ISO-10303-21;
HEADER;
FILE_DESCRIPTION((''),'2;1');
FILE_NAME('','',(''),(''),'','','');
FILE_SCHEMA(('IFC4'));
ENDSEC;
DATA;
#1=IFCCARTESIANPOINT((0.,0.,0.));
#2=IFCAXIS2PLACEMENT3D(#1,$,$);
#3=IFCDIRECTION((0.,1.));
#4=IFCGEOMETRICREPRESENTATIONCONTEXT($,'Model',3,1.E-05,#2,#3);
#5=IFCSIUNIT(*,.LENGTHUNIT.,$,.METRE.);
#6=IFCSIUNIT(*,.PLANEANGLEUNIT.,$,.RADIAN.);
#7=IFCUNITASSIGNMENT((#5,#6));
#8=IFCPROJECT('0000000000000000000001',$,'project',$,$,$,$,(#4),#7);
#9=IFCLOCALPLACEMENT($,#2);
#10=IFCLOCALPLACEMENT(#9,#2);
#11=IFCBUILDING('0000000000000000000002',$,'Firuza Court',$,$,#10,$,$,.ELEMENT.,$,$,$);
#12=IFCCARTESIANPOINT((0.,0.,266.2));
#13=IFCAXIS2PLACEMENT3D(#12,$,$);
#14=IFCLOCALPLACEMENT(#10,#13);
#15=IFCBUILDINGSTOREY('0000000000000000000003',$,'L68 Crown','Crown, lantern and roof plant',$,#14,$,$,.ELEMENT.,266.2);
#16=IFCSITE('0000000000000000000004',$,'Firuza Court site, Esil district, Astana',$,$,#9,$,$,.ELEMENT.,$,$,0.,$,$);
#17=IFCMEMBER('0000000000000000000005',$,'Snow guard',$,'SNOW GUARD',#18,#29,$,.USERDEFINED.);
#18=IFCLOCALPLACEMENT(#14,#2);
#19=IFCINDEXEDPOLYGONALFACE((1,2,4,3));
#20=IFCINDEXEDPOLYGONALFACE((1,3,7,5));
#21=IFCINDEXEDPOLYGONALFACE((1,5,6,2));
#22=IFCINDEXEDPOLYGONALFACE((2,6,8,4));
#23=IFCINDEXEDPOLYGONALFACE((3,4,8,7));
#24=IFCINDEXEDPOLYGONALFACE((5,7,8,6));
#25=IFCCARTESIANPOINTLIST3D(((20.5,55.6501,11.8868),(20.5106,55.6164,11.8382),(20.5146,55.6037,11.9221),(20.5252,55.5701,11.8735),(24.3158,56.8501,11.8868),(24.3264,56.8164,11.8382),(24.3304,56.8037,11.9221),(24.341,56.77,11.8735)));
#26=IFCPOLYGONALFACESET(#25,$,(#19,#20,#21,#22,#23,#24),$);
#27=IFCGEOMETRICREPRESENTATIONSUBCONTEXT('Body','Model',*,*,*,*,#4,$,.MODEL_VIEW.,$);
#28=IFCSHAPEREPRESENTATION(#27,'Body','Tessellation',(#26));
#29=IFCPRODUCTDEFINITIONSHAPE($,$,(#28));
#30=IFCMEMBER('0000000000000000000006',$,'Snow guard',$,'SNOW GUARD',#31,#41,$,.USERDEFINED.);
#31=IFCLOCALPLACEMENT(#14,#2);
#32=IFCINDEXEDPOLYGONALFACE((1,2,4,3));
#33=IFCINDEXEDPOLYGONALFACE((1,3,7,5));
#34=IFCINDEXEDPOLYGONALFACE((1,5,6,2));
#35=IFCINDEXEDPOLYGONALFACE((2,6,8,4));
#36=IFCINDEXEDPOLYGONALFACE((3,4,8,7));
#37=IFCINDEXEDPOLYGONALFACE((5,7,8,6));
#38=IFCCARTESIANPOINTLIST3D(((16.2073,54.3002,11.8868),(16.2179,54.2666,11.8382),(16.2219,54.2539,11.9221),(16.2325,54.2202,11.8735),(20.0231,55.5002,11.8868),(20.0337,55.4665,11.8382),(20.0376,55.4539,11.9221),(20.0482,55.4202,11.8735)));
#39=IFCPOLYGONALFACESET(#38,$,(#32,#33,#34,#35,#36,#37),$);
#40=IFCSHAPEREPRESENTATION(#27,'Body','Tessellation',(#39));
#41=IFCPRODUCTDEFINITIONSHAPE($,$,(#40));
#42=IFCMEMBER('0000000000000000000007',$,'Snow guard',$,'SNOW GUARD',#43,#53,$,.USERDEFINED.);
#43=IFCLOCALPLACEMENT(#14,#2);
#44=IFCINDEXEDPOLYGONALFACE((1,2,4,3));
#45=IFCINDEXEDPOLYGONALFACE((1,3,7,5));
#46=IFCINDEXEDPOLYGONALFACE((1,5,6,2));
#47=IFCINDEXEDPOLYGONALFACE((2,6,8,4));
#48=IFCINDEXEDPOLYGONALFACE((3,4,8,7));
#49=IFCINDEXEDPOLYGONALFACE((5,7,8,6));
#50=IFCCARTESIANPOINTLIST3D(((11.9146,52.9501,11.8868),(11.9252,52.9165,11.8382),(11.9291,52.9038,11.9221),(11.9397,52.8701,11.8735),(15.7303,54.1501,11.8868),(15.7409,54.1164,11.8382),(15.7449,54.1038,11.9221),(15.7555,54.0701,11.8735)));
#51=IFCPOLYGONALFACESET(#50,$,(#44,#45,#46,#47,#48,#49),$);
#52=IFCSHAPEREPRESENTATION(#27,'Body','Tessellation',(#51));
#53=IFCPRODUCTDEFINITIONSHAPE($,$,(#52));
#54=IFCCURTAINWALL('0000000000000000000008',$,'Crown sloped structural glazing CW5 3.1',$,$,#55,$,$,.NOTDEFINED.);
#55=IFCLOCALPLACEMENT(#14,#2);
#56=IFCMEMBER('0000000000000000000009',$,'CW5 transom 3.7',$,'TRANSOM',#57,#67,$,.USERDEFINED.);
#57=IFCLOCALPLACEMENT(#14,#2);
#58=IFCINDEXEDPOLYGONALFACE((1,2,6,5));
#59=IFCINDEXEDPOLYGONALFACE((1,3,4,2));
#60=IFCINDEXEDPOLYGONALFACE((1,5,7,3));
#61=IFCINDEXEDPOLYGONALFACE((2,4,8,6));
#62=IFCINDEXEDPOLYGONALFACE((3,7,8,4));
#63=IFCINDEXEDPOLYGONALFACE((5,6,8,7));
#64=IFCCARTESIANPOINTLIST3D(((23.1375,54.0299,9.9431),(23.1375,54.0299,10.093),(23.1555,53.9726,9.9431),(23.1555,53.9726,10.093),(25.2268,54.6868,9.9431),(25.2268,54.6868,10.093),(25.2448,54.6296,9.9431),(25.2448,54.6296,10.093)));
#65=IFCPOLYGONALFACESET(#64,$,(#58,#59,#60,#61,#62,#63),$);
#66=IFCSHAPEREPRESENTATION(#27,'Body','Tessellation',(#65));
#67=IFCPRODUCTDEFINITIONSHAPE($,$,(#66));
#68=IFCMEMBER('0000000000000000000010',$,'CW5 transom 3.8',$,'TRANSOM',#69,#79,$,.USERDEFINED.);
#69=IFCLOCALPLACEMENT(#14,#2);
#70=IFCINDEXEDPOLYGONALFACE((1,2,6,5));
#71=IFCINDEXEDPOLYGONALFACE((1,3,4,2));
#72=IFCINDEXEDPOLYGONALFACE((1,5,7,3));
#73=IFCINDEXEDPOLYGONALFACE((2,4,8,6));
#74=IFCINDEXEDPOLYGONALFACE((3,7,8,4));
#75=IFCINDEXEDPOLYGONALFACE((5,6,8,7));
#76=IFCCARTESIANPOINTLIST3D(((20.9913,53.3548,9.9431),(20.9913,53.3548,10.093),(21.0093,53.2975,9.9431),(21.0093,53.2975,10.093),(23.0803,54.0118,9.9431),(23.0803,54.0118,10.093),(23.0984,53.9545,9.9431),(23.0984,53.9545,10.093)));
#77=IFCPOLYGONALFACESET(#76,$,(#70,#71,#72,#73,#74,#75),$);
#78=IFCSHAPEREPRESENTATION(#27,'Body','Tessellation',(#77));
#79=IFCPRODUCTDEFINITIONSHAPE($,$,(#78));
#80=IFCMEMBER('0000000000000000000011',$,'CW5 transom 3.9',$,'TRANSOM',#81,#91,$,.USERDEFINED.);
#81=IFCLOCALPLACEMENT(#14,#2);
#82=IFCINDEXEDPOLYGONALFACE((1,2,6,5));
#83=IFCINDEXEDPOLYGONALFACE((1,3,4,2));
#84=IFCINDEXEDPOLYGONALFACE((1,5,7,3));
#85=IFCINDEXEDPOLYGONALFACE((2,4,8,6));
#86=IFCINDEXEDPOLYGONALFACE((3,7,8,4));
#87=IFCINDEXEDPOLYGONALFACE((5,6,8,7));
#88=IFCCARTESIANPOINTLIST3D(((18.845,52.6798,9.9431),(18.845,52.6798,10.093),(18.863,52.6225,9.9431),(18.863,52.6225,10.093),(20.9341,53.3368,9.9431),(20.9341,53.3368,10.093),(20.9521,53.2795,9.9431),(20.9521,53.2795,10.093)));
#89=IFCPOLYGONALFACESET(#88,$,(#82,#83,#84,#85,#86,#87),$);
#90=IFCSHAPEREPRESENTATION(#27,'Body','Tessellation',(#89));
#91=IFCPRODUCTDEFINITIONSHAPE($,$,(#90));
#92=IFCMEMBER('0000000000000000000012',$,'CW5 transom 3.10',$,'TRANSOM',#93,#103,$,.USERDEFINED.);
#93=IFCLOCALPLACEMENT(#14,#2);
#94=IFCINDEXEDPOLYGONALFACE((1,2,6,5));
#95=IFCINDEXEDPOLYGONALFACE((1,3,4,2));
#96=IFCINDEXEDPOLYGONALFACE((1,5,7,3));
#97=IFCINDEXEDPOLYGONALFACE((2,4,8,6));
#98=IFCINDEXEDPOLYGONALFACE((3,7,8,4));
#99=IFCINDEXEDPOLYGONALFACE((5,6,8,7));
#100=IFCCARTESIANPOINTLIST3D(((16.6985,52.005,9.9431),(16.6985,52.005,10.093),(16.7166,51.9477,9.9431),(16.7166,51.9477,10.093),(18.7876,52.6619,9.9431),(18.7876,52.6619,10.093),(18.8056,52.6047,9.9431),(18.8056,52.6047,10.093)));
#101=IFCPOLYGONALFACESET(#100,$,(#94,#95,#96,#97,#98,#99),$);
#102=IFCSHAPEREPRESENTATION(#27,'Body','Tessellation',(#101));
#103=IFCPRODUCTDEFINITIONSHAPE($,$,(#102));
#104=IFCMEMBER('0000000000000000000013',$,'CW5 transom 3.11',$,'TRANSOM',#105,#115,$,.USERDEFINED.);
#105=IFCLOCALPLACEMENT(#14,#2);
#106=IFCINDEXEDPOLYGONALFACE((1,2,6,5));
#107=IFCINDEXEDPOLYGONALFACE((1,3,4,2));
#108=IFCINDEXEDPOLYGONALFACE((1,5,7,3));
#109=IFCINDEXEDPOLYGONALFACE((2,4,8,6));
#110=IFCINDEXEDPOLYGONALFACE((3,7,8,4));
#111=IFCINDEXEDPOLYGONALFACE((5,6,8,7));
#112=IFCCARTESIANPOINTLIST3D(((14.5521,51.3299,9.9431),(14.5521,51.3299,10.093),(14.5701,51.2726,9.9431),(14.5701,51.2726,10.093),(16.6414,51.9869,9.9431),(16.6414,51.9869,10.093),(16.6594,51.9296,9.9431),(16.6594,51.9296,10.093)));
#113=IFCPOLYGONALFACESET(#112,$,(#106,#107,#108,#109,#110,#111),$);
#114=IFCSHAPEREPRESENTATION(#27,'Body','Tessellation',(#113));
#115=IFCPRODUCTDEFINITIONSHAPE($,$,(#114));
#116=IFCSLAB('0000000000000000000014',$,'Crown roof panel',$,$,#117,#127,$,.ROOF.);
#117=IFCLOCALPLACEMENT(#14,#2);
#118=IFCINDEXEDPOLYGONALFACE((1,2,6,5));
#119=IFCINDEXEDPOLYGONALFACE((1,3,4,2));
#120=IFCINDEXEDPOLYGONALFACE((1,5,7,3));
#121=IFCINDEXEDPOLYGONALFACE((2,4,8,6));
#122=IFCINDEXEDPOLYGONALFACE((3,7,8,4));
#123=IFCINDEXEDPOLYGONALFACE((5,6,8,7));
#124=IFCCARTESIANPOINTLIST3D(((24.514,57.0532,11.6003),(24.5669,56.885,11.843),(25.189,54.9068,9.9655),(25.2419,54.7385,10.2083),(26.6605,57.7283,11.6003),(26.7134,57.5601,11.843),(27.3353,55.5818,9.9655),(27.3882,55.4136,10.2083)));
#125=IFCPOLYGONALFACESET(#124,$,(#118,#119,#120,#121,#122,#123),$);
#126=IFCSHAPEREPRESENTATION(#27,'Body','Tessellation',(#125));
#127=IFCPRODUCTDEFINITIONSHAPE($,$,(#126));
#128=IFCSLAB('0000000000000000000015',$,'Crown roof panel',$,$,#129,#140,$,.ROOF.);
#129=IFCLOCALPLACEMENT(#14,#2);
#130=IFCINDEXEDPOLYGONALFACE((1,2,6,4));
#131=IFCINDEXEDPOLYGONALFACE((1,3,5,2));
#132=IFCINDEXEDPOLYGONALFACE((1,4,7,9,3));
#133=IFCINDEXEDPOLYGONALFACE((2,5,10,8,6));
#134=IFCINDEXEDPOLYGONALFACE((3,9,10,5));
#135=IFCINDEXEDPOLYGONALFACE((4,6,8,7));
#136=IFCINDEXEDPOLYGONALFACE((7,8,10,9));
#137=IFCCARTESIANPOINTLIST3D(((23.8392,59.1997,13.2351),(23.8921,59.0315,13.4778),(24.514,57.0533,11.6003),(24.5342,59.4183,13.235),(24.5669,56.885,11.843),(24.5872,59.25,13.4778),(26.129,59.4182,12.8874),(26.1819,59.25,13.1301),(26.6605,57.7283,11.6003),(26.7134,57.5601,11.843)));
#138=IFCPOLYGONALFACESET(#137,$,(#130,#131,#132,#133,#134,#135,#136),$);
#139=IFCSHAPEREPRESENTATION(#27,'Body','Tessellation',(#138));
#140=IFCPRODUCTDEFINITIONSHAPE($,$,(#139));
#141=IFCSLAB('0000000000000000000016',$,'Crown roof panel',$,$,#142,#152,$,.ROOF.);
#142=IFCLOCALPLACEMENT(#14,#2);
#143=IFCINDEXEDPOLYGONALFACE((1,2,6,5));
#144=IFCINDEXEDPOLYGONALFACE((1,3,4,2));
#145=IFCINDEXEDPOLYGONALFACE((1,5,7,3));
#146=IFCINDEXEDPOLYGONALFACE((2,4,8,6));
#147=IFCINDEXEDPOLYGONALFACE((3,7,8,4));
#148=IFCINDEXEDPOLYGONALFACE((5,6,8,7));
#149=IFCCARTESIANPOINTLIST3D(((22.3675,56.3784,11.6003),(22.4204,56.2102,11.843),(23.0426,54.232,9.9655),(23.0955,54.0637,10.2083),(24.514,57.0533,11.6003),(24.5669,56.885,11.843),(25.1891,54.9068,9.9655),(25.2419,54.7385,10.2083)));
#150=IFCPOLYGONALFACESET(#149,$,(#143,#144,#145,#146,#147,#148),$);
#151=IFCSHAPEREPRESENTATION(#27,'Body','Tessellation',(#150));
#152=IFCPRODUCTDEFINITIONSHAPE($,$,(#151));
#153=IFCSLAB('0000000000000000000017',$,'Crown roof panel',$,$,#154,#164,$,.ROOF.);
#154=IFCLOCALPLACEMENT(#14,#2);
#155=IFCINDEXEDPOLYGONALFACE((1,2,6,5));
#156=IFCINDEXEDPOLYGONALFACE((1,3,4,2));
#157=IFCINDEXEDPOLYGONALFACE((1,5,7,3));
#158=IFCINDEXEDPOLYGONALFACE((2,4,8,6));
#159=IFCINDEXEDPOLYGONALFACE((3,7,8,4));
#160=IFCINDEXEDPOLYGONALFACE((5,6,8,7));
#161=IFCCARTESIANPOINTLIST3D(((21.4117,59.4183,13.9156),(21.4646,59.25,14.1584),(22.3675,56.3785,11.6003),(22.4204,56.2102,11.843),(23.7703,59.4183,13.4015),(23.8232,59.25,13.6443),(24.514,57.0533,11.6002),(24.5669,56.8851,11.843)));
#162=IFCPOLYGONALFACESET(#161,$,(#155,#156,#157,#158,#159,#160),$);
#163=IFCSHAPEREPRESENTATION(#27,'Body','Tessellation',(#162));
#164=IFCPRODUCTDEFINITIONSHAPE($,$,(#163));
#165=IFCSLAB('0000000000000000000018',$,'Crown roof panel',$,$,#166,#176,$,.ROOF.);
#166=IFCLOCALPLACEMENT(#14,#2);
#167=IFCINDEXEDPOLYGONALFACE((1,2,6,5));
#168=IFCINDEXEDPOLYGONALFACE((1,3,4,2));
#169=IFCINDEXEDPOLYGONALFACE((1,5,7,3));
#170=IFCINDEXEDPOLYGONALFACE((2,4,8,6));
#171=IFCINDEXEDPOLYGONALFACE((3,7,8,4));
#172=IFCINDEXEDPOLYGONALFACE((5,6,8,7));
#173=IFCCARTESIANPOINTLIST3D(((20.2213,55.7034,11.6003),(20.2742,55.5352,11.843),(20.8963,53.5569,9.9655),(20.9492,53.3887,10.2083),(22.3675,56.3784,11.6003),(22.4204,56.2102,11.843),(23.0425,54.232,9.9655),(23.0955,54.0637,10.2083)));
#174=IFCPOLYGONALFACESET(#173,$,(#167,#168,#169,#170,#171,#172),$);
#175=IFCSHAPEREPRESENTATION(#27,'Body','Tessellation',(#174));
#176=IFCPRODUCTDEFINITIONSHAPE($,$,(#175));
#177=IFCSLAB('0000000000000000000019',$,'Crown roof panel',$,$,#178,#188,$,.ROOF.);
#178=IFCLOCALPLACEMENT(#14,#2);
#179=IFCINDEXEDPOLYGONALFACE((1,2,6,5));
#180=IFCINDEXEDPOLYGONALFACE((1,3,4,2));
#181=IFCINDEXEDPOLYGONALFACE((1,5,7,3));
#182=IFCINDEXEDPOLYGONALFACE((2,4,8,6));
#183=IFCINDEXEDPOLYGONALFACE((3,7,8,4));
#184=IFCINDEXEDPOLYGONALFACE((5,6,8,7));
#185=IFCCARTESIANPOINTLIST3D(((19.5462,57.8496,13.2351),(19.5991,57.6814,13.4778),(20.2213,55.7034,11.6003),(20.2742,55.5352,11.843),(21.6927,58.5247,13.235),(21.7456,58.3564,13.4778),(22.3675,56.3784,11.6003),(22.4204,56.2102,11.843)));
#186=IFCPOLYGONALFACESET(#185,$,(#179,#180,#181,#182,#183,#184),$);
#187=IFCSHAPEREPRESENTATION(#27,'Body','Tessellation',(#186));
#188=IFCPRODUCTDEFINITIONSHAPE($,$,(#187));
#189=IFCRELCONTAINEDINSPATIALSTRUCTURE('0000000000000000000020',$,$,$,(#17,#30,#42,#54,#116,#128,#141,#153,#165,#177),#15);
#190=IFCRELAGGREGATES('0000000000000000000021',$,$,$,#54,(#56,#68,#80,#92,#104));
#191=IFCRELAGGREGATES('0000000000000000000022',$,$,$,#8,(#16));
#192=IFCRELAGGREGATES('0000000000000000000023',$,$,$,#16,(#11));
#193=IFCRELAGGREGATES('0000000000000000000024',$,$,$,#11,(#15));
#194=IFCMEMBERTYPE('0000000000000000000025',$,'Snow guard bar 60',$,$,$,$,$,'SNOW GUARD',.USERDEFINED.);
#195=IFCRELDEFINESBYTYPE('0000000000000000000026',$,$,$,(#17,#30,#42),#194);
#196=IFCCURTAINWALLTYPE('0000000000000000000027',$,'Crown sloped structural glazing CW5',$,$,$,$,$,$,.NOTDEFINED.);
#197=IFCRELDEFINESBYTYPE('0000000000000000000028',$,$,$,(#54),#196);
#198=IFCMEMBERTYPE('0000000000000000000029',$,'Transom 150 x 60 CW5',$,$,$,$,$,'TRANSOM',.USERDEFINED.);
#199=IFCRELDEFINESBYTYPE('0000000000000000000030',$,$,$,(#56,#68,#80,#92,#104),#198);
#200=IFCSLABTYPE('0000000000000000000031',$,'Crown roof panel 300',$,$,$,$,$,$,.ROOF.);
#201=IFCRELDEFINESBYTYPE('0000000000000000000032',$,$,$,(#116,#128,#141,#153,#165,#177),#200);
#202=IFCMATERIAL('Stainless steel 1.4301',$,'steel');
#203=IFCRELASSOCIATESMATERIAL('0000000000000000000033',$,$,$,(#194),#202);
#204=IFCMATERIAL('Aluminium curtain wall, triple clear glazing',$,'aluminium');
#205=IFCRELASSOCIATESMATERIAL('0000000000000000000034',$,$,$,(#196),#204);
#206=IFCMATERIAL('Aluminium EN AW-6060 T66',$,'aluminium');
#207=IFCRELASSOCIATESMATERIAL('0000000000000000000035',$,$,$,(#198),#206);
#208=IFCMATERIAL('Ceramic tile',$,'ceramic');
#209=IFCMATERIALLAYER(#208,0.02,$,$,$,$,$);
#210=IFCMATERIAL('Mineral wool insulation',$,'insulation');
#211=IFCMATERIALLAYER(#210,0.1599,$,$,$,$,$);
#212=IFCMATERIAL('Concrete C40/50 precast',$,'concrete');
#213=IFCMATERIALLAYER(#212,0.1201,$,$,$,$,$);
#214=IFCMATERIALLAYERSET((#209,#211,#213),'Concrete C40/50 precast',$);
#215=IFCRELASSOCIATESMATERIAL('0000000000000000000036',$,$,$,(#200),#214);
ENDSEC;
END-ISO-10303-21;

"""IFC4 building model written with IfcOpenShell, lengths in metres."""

from ifc_helpers import new_model, si_unit, direction, frame, origin, origin_2d, place, context, subcontext, project, spatial, polyline, rectangle, outline, extrude, material, layer, layer_set, material_profile, profile_set, type_object, element, aggregate, save


model = new_model("IFC4")

# Units and contexts
model_context = context("Model", 3, precision=1e-05, world=origin(), true_north=direction((0.0, 1.0)))
body_context = subcontext(model_context, "Body", "Model", "MODEL_VIEW")
ifc_project = project(units=[si_unit("LENGTHUNIT", "METRE"), si_unit("PLANEANGLEUNIT", "RADIAN")], contexts=[model_context])

# Site, building, storey
site_placement = place(None, origin())
site = spatial("IfcSite", under=ifc_project, at=site_placement, Name="Firuza Court site, Esil district, Astana", CompositionType="ELEMENT", RefElevation=0.0)
building_placement = place(site_placement, origin())
building = spatial("IfcBuilding", under=site, at=building_placement, Name="Firuza Court", CompositionType="ELEMENT")
storey_placement = place(building_placement, frame((0.0, 0.0, 266.2)))
storey = spatial("IfcBuildingStorey", under=building, at=storey_placement, Name="L68 Crown", Description="Crown, lantern and roof plant", CompositionType="ELEMENT", Elevation=266.2)

# Members
ifc_material_1 = material(Name="Stainless steel 1.4301", Category="steel")
ifc_material_profile_1 = material_profile(ifc_material_1, rectangle(XDim=0.0601, YDim=0.0601, at=origin_2d()), Name="Snow guard bar 60 x 60")
ifc_profile_set_1 = profile_set([ifc_material_profile_1], Name="Stainless steel 1.4301")
member_type_1 = type_object("IfcMemberType", Name="Snow guard bar 60", ElementType="SNOW GUARD", PredefinedType="USERDEFINED", material=ifc_profile_set_1)
for number, where, z_axis, x_axis, name in (
    (1, (24.3284, 56.8101, 11.8801), (-0.953941, -0.299995, 0.0), (0.242701, -0.771754, 0.587785), "Snow guard"),
    (2, (20.0356, 55.4602, 11.8801), (-0.953941, -0.299995, 0.0), (0.242701, -0.771754, 0.587785), "Snow guard"),
    (3, (15.7429, 54.1101, 11.8801), (-0.953941, -0.299995, 0.0), (0.242701, -0.771754, 0.587785), "Snow guard"),
):
    element("IfcMember", number, at=place(storey_placement, frame(where, z_axis=z_axis, x_axis=x_axis)), inside=storey, type_object=member_type_1, Name=name, ObjectType="SNOW GUARD", PredefinedType="USERDEFINED", context=body_context, shape_type="SweptSolid", body=[
        extrude(rectangle(XDim=0.0601, YDim=0.0601, at=origin_2d()), origin(), (0.0, 0.0, 1.0), 4.0),
    ])

# Curtain wall, members
ifc_material_2 = material(Name="Aluminium curtain wall, triple clear glazing", Category="aluminium")
curtain_wall_type = type_object("IfcCurtainWallType", Name="Crown sloped structural glazing CW5", PredefinedType="NOTDEFINED", material=ifc_material_2)
curtain_wall_placement = place(storey_placement, origin())
curtain_wall = element("IfcCurtainWall", 4, at=curtain_wall_placement, inside=storey, type_object=curtain_wall_type, Name="Crown sloped structural glazing CW5 3.1", PredefinedType="NOTDEFINED")
ifc_material_3 = material(Name="Aluminium EN AW-6060 T66", Category="aluminium")
ifc_material_profile_2 = material_profile(ifc_material_3, rectangle(XDim=0.0601, YDim=0.1499, at=origin_2d()), Name="Transom 150 x 60 CW5")
ifc_profile_set_2 = profile_set([ifc_material_profile_2], Name="Aluminium EN AW-6060 T66")
member_type_2 = type_object("IfcMemberType", Name="Transom 150 x 60 CW5", ElementType="TRANSOM", PredefinedType="USERDEFINED", material=ifc_profile_set_2)
member_1_placement = place(storey_placement, frame((25.2358, 54.6582, 10.0181), z_axis=(-0.953951, -0.299963, 0.0), x_axis=(0.299963, -0.953951, 0.0)))
member_1 = element("IfcMember", 5, at=member_1_placement, type_object=member_type_2, Name="CW5 transom 3.7", ObjectType="TRANSOM", PredefinedType="USERDEFINED", context=body_context, shape_type="SweptSolid", body=[
    extrude(rectangle(XDim=0.0601, YDim=0.1499, at=origin_2d()), origin(), (0.0, 0.0, 1.0), 2.1902),
])
member_2_placement = place(storey_placement, frame((23.0894, 53.9832, 10.0181), z_axis=(-0.953941, -0.299995, 0.0), x_axis=(0.299995, -0.953941, 0.0)))
member_2 = element("IfcMember", 6, at=member_2_placement, type_object=member_type_2, Name="CW5 transom 3.8", ObjectType="TRANSOM", PredefinedType="USERDEFINED", context=body_context, shape_type="SweptSolid", body=[
    extrude(rectangle(XDim=0.0601, YDim=0.1499, at=origin_2d()), origin(), (0.0, 0.0, 1.0), 2.1899),
])
member_3_placement = place(storey_placement, frame((20.9431, 53.3081, 10.0181), z_axis=(-0.953941, -0.299995, 0.0), x_axis=(0.299995, -0.953941, 0.0)))
member_3 = element("IfcMember", 7, at=member_3_placement, type_object=member_type_2, Name="CW5 transom 3.9", ObjectType="TRANSOM", PredefinedType="USERDEFINED", context=body_context, shape_type="SweptSolid", body=[
    extrude(rectangle(XDim=0.0601, YDim=0.1499, at=origin_2d()), origin(), (0.0, 0.0, 1.0), 2.1899),
])
member_4_placement = place(storey_placement, frame((18.7966, 52.6333, 10.0181), z_axis=(-0.953941, -0.299995, 0.0), x_axis=(0.299995, -0.953941, 0.0)))
member_4 = element("IfcMember", 8, at=member_4_placement, type_object=member_type_2, Name="CW5 transom 3.10", ObjectType="TRANSOM", PredefinedType="USERDEFINED", context=body_context, shape_type="SweptSolid", body=[
    extrude(rectangle(XDim=0.0601, YDim=0.1499, at=origin_2d()), origin(), (0.0, 0.0, 1.0), 2.1899),
])
member_5_placement = place(storey_placement, frame((16.6504, 51.9583, 10.0181), z_axis=(-0.953951, -0.299963, 0.0), x_axis=(0.299963, -0.953951, 0.0)))
member_5 = element("IfcMember", 9, at=member_5_placement, type_object=member_type_2, Name="CW5 transom 3.11", ObjectType="TRANSOM", PredefinedType="USERDEFINED", context=body_context, shape_type="SweptSolid", body=[
    extrude(rectangle(XDim=0.0601, YDim=0.1499, at=origin_2d()), origin(), (0.0, 0.0, 1.0), 2.1902),
])
aggregate(curtain_wall, [member_1, member_2, member_3, member_4, member_5])

# Slabs
ifc_material_4 = material(Name="Ceramic tile", Category="ceramic")
ifc_layer_1 = layer(ifc_material_4, 0.02)
ifc_material_5 = material(Name="Mineral wool insulation", Category="insulation")
ifc_layer_2 = layer(ifc_material_5, 0.1599)
ifc_material_6 = material(Name="Concrete C40/50 precast", Category="concrete")
ifc_layer_3 = layer(ifc_material_6, 0.1201)
ifc_layer_set_1 = layer_set([ifc_layer_1, ifc_layer_2, ifc_layer_3], Name="Concrete C40/50 precast")
slab_type = type_object("IfcSlabType", Name="Crown roof panel 300", PredefinedType="ROOF", material=ifc_layer_set_1)
slab_1_placement = place(storey_placement, frame((25.2419, 54.7385, 10.2083), z_axis=(0.176346, -0.560703, 0.809021), x_axis=(-0.24271, 0.771756, 0.58778)))
element("IfcSlab", 10, at=slab_1_placement, inside=storey, type_object=slab_type, Name="Crown roof panel", PredefinedType="ROOF", context=body_context, shape_type="SweptSolid", body=[
    extrude(outline(polyline([(0.0, 0.0), (2.7813, 0.0), (2.7813, -2.2501), (0.0001, -2.2499), (0.0, 0.0)])), origin(), (0.0, 0.0, -1.0), 0.3),
])
slab_2_placement = place(storey_placement, frame((24.5669, 56.885, 11.843), z_axis=(0.176338, -0.560719, 0.809011), x_axis=(-0.242627, 0.771771, 0.587794)))
element("IfcSlab", 11, at=slab_2_placement, inside=storey, type_object=slab_type, Name="Crown roof panel", PredefinedType="ROOF", context=body_context, shape_type="SweptSolid", body=[
    extrude(outline(polyline([(0.0, 0.0), (2.7812, 0.0), (2.7812, -0.7286), (2.1899, -2.2499), (0.0002, -2.2501), (0.0, 0.0)])), origin(), (0.0, 0.0, -1.0), 0.3),
])
slab_3_placement = place(storey_placement, frame((23.0955, 54.0637, 10.2083), z_axis=(0.176277, -0.560718, 0.809025), x_axis=(-0.242711, 0.77176, 0.587774)))
element("IfcSlab", 12, at=slab_3_placement, inside=storey, type_object=slab_type, Name="Crown roof panel", PredefinedType="ROOF", context=body_context, shape_type="SweptSolid", body=[
    extrude(outline(polyline([(0.0, 0.0), (2.7813, 0.0), (2.7811, -2.2501), (-0.0002, -2.2501), (0.0, 0.0)])), origin(), (0.0, 0.0, -1.0), 0.3),
])
slab_4_placement = place(storey_placement, frame((22.4204, 56.2102, 11.843), z_axis=(0.176321, -0.56075, 0.808994), x_axis=(-0.242661, 0.771742, 0.587818)))
element("IfcSlab", 13, at=slab_4_placement, inside=storey, type_object=slab_type, Name="Crown roof panel", PredefinedType="ROOF", context=body_context, shape_type="SweptSolid", body=[
    extrude(outline(polyline([(0.0, 0.0), (3.9389, 0.0), (3.0643, -2.25), (-0.0001, -2.2501), (0.0, 0.0)])), origin(), (0.0, 0.0, -1.0), 0.3),
])
slab_5_placement = place(storey_placement, frame((20.9492, 53.3887, 10.2083), z_axis=(0.176353, -0.560694, 0.809025), x_axis=(-0.242711, 0.77176, 0.587774)))
element("IfcSlab", 14, at=slab_5_placement, inside=storey, type_object=slab_type, Name="Crown roof panel", PredefinedType="ROOF", context=body_context, shape_type="SweptSolid", body=[
    extrude(outline(polyline([(0.0, 0.0), (2.7813, 0.0), (2.7813, -2.2499), (0.0001, -2.2499), (0.0, 0.0)])), origin(), (0.0, 0.0, -1.0), 0.3),
])
slab_6_placement = place(storey_placement, frame((20.2742, 55.5352, 11.843), z_axis=(0.176358, -0.560741, 0.808992), x_axis=(-0.242726, 0.77172, 0.58782)))
element("IfcSlab", 15, at=slab_6_placement, inside=storey, type_object=slab_type, Name="Crown roof panel", PredefinedType="ROOF", context=body_context, shape_type="SweptSolid", body=[
    extrude(outline(polyline([(0.0, 0.0), (2.7811, 0.0), (2.781, -2.2501), (0.0, -2.2499), (0.0, 0.0)])), origin(), (0.0, 0.0, -1.0), 0.3),
])

save(model, "model.ifc")
